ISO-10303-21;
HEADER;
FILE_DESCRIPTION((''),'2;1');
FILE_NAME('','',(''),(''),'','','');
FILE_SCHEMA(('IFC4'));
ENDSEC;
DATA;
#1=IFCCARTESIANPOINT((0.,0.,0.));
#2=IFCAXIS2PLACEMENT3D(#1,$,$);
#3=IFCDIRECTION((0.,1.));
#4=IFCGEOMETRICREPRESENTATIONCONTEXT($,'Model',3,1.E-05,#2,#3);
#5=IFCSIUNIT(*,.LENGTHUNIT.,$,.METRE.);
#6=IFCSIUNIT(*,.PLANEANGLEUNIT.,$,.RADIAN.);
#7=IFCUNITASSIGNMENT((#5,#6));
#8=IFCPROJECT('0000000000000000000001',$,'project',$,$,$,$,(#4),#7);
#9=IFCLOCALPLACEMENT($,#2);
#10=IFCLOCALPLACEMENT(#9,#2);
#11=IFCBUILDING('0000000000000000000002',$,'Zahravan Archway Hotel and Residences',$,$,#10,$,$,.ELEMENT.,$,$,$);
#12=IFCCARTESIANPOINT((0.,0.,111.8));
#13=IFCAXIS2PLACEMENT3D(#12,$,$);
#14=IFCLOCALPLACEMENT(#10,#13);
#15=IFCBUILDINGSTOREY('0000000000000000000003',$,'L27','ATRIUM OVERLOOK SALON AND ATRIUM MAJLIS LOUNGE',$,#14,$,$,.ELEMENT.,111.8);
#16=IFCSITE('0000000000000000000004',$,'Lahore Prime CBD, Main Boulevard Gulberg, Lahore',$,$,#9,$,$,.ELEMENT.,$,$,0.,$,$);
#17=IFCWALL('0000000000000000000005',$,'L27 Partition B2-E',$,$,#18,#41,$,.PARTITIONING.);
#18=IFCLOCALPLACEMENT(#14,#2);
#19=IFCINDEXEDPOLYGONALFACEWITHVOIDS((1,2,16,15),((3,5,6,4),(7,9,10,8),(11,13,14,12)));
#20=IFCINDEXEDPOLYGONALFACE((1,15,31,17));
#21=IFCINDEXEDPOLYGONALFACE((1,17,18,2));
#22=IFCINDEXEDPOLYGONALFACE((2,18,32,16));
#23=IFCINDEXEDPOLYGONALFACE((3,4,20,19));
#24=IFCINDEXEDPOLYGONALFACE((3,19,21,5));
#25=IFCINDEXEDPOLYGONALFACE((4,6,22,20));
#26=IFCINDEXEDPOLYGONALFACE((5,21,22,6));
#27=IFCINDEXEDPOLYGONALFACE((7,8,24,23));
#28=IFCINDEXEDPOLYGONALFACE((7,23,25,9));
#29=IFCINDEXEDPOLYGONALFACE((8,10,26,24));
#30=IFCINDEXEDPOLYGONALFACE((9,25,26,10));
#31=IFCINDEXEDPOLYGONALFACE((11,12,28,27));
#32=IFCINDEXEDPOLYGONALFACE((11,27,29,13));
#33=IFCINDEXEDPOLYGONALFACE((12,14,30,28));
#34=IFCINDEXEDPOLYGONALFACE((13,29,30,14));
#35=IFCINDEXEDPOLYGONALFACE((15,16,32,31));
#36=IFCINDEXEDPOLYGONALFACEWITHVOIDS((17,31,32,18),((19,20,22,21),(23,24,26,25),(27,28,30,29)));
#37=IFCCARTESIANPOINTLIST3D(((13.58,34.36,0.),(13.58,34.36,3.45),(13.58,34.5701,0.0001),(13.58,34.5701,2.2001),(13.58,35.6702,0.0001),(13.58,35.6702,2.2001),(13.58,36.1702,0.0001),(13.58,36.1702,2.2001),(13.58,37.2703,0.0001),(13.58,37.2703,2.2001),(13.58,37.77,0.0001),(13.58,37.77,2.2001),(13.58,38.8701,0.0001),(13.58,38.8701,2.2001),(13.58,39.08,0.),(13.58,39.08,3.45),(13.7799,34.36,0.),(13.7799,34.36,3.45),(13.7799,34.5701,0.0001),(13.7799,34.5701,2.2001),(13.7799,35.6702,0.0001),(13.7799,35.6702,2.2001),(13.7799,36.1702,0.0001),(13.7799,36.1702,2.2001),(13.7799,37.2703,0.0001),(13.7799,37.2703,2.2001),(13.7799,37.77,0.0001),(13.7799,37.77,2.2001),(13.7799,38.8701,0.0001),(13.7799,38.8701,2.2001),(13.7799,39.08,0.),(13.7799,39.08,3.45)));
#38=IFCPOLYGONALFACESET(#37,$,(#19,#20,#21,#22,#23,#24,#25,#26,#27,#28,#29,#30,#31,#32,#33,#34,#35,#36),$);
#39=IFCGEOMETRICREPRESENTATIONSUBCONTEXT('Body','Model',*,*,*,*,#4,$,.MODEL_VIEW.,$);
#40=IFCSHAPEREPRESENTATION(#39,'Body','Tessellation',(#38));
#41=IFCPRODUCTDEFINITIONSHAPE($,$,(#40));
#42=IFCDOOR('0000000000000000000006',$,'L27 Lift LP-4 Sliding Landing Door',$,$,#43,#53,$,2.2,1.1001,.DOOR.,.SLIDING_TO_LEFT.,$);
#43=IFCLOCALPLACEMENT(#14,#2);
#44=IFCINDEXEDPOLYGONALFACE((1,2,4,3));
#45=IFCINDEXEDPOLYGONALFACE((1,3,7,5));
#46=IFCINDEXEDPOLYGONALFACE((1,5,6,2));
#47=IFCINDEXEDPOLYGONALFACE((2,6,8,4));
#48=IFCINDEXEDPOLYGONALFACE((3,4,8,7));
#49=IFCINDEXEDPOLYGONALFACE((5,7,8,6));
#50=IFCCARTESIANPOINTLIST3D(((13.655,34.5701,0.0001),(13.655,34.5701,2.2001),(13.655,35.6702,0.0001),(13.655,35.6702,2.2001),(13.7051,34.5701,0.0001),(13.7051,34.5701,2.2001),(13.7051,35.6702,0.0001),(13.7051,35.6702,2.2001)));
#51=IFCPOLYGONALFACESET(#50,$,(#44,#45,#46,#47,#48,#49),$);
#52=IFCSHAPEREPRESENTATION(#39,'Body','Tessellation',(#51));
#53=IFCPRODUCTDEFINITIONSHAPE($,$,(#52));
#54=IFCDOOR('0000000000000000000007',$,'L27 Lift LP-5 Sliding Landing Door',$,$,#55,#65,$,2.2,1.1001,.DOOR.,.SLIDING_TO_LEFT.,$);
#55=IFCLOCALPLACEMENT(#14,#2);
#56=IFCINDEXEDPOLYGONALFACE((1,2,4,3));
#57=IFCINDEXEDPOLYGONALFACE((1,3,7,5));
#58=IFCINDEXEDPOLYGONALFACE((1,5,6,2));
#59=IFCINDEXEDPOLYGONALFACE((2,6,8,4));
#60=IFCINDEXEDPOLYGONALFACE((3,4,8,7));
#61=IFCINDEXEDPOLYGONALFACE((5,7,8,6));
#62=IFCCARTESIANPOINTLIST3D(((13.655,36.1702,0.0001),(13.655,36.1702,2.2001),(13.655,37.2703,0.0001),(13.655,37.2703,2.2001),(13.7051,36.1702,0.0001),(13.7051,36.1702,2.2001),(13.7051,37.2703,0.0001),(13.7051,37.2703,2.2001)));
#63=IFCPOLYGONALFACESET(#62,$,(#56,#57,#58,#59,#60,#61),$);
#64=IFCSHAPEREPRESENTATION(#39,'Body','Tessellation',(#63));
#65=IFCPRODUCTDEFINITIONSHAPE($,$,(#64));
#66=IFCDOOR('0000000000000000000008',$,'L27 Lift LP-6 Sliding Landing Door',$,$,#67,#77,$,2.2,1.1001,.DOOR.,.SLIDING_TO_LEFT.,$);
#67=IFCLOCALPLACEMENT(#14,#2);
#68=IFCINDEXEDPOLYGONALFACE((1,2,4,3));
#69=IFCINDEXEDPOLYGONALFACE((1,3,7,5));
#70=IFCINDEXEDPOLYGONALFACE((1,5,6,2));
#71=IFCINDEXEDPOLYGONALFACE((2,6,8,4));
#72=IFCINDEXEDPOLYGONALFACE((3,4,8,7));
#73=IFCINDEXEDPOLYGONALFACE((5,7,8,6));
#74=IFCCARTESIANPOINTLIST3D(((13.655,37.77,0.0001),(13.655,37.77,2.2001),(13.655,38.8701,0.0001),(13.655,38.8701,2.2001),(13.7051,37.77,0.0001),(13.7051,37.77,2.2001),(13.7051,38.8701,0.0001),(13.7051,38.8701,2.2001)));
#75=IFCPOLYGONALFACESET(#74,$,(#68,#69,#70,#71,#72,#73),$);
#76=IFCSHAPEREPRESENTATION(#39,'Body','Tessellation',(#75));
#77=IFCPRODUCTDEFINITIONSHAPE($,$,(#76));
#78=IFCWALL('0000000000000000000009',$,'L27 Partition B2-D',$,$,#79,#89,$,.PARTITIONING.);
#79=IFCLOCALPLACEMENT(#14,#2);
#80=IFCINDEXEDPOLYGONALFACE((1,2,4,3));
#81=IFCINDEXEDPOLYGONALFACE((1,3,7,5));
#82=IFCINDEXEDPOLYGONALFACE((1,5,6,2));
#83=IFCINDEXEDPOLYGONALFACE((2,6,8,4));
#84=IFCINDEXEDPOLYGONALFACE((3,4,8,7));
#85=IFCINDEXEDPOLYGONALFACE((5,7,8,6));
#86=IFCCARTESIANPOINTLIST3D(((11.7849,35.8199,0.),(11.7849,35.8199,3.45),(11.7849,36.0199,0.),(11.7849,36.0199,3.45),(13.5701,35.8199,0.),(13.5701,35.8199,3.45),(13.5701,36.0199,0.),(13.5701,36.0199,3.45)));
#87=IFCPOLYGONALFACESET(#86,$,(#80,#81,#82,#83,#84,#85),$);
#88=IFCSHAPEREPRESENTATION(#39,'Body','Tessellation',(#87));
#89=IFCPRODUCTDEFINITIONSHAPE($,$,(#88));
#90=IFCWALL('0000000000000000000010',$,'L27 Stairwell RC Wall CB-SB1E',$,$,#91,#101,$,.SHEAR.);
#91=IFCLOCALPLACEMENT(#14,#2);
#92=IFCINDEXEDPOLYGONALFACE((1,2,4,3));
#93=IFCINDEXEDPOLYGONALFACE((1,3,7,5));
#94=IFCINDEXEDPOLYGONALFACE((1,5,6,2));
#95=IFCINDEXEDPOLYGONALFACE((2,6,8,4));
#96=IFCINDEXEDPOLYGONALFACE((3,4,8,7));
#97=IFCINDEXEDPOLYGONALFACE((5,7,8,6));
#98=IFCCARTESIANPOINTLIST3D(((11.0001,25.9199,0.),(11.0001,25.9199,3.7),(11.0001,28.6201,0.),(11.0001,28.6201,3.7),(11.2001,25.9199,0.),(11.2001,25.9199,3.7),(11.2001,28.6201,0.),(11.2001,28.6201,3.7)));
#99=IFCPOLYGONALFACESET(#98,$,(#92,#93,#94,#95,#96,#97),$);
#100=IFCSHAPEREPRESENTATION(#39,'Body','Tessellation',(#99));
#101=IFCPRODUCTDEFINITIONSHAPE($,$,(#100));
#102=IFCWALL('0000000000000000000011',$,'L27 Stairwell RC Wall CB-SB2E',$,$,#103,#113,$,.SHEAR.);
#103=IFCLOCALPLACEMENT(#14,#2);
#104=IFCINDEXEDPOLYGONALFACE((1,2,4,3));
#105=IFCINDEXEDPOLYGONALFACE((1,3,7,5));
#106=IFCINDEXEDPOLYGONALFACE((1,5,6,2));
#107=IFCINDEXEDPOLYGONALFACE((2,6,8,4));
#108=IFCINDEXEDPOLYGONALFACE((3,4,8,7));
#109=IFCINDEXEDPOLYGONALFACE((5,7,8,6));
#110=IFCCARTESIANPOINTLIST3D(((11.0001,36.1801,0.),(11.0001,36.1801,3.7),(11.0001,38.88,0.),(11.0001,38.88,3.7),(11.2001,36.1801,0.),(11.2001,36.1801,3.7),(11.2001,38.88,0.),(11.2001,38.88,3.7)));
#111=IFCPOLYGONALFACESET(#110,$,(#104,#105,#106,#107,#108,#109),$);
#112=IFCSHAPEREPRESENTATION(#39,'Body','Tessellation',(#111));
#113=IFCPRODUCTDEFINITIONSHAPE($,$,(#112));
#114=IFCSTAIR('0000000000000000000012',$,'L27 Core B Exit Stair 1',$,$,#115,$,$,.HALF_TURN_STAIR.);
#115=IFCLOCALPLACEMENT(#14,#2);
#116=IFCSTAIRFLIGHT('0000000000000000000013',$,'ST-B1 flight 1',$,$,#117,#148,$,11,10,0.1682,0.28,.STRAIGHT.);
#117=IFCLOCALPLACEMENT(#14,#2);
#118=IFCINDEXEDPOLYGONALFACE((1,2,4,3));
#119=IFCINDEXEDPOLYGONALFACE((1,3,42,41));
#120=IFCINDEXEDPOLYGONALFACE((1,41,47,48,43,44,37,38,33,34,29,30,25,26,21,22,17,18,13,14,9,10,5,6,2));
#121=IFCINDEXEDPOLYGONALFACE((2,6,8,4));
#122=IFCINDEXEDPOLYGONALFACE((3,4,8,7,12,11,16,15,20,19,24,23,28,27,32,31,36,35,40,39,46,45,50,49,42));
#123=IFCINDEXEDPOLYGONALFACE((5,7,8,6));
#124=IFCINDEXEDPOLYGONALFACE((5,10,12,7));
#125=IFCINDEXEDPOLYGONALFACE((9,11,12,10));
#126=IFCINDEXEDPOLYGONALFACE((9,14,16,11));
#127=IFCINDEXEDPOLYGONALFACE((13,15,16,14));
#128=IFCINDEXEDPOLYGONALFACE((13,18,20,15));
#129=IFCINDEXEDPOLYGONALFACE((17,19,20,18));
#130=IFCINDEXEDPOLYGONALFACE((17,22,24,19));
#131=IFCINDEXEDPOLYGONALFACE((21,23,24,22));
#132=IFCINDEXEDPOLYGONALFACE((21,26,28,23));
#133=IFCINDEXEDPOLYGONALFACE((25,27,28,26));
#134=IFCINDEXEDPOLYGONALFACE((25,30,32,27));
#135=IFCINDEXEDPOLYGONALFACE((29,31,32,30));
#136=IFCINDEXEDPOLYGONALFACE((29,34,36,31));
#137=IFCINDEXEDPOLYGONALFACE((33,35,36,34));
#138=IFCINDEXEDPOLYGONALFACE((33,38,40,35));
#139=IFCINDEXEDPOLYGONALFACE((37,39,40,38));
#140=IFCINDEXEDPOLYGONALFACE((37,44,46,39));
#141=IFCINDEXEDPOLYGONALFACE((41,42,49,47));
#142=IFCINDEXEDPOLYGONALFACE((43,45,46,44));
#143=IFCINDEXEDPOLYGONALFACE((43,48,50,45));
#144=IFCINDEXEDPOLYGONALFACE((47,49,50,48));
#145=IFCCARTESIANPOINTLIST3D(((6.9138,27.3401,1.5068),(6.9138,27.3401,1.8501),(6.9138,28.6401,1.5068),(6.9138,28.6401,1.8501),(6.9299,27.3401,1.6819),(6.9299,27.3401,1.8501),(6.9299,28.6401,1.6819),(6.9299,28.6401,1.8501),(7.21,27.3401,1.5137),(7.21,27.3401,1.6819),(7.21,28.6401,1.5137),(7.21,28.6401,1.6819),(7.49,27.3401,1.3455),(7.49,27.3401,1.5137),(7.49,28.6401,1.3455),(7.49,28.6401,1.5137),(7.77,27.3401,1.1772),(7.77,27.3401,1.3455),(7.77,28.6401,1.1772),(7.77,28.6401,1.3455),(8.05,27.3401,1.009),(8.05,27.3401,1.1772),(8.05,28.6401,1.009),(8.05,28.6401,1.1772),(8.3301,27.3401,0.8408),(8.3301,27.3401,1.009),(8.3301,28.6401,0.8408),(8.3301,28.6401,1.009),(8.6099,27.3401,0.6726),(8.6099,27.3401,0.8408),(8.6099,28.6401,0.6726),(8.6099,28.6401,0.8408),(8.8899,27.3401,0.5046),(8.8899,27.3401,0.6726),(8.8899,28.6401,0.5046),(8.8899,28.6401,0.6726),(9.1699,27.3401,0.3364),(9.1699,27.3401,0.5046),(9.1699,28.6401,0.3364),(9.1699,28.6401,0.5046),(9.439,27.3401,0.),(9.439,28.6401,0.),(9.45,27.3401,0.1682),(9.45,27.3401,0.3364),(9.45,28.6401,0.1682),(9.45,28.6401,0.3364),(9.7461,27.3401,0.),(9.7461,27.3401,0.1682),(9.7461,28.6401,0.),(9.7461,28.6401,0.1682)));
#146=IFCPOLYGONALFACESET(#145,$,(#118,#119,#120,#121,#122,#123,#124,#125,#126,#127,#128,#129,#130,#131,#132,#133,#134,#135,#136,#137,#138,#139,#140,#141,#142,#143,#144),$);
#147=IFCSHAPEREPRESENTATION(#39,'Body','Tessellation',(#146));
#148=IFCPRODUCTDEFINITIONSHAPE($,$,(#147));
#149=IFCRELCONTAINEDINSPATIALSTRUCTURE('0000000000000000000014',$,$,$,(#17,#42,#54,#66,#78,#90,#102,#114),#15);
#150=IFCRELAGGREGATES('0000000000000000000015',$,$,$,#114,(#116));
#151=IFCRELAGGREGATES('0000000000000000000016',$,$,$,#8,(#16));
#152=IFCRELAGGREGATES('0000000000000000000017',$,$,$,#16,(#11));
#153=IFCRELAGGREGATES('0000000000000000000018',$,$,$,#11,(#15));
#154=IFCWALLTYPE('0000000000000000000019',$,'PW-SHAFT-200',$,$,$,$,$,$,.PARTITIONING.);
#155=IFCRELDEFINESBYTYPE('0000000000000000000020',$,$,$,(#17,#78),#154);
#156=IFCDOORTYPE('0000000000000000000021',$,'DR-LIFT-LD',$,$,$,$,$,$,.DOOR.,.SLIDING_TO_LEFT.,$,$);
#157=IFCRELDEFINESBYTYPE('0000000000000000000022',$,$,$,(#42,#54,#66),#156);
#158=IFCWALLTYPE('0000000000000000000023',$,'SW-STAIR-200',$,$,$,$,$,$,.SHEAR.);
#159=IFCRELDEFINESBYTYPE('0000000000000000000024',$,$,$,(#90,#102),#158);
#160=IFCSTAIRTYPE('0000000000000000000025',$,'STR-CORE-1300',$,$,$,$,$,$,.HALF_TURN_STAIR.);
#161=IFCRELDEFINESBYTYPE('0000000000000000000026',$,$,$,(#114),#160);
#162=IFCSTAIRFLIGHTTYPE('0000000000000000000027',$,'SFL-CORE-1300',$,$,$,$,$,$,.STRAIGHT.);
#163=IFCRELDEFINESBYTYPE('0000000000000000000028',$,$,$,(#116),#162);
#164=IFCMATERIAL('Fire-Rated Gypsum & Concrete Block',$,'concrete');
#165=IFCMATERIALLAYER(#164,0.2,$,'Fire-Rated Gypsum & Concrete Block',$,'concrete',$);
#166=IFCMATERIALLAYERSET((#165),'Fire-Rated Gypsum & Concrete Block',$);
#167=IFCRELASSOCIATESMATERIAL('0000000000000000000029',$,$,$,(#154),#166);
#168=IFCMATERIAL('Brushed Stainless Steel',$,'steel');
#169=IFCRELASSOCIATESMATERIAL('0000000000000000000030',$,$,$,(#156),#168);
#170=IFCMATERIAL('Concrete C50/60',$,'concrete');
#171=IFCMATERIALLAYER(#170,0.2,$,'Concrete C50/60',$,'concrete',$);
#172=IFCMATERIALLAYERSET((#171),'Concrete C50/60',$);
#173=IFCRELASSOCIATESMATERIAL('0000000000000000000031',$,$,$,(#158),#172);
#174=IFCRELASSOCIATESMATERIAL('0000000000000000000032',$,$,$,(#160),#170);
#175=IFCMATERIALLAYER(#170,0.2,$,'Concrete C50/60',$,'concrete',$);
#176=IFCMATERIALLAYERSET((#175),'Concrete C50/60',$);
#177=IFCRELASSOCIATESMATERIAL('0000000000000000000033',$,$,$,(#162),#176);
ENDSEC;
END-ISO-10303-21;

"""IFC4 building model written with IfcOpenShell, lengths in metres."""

from ifc_helpers import new_model, si_unit, direction, frame, frame_2d, origin, place, context, subcontext, project, spatial, polyline, rectangle, outline, extrude, source, transform, mapped, material, layer, layer_set, type_object, type_shapes, element, fill, aggregate, save


model = new_model("IFC4")

# Units and contexts
model_context = context("Model", 3, precision=1e-05, world=origin(), true_north=direction((0.0, 1.0)))
body_context = subcontext(model_context, "Body", "Model", "MODEL_VIEW")
ifc_project = project(units=[si_unit("LENGTHUNIT", "METRE"), si_unit("PLANEANGLEUNIT", "RADIAN")], contexts=[model_context])

# Site, building, storey
site_placement = place(None, origin())
site = spatial("IfcSite", under=ifc_project, at=site_placement, Name="Lahore Prime CBD, Main Boulevard Gulberg, Lahore", CompositionType="ELEMENT", RefElevation=0.0)
building_placement = place(site_placement, origin())
building = spatial("IfcBuilding", under=site, at=building_placement, Name="Zahravan Archway Hotel and Residences", CompositionType="ELEMENT")
storey_placement = place(building_placement, frame((0.0, 0.0, 111.8)))
storey = spatial("IfcBuildingStorey", under=building, at=storey_placement, Name="L27", Description="ATRIUM OVERLOOK SALON AND ATRIUM MAJLIS LOUNGE", CompositionType="ELEMENT", Elevation=111.8)

# Shared definitions
ifc_material_1 = material(Name="Fire-Rated Gypsum & Concrete Block", Category="concrete")
ifc_layer_1 = layer(ifc_material_1, 0.2, Name="Fire-Rated Gypsum & Concrete Block", Category="concrete")
ifc_layer_set_1 = layer_set([ifc_layer_1], Name="Fire-Rated Gypsum & Concrete Block")
wall_type_1 = type_object("IfcWallType", Name="PW-SHAFT-200", PredefinedType="PARTITIONING", material=ifc_layer_set_1)

# Wall, openings, doors
wall_1_placement = place(storey_placement, frame((13.6799, 34.3601, 0.0), z_axis=(0.0, 0.0, 1.0), x_axis=(0.0, 1.0, 0.0)))
wall_1 = element("IfcWall", 1, at=wall_1_placement, inside=storey, type_object=wall_type_1, Name="L27 Partition B2-E", PredefinedType="PARTITIONING", context=body_context, shape_type="SweptSolid", body=[
    extrude(rectangle(XDim=4.72, YDim=0.2, at=frame_2d((2.3599, 0.0))), origin(), (0.0, 0.0, 1.0), 3.45),
])
opening_1_placement = place(wall_1_placement, frame((0.21, 0.0, 0.0)))
opening_1 = element("IfcOpeningElement", 2, at=opening_1_placement, cuts=wall_1, PredefinedType="OPENING", context=body_context, shape_type="SweptSolid", body=[
    extrude(rectangle(XDim=1.1001, YDim=2.2, at=frame_2d((0.55, 1.1001))), frame((0.0, 0.1099, 0.0), z_axis=(0.0, -1.0, 0.0), x_axis=(1.0, 0.0, 0.0)), (0.0, 0.0, 1.0), 0.22),
])
opening_2_placement = place(wall_1_placement, frame((1.8101, 0.0, 0.0)))
opening_2 = element("IfcOpeningElement", 3, at=opening_2_placement, cuts=wall_1, PredefinedType="OPENING", context=body_context, shape_type="SweptSolid", body=[
    extrude(rectangle(XDim=1.1001, YDim=2.2, at=frame_2d((0.55, 1.1001))), frame((0.0, 0.1099, 0.0), z_axis=(0.0, -1.0, 0.0), x_axis=(1.0, 0.0, 0.0)), (0.0, 0.0, 1.0), 0.22),
])
opening_3_placement = place(wall_1_placement, frame((3.4099, 0.0, 0.0)))
opening_3 = element("IfcOpeningElement", 4, at=opening_3_placement, cuts=wall_1, PredefinedType="OPENING", context=body_context, shape_type="SweptSolid", body=[
    extrude(rectangle(XDim=1.1001, YDim=2.2, at=frame_2d((0.55, 1.1001))), frame((0.0, 0.1099, 0.0), z_axis=(0.0, -1.0, 0.0), x_axis=(1.0, 0.0, 0.0)), (0.0, 0.0, 1.0), 0.22),
])
ifc_material_2 = material(Name="Brushed Stainless Steel", Category="steel")
door_type_1 = type_object("IfcDoorType", Name="DR-LIFT-LD", OperationType="SLIDING_TO_LEFT", PredefinedType="DOOR", material=ifc_material_2)
shared_shape_1 = source(origin(), body_context, "Body", "SweptSolid", [
    extrude(rectangle(XDim=1.1001, YDim=2.2, at=frame_2d((0.55, 1.1001))), frame((0.0, 0.0249, 0.0), z_axis=(0.0, -1.0, 0.0), x_axis=(1.0, 0.0, 0.0)), (0.0, 0.0, 1.0), 0.05),
])
type_shapes(door_type_1, [shared_shape_1])
door_1_placement = place(opening_1_placement, origin())
door_1 = element("IfcDoor", 5, at=door_1_placement, inside=storey, type_object=door_type_1, Name="L27 Lift LP-4 Sliding Landing Door", OperationType="SLIDING_TO_LEFT", OverallHeight=2.2, OverallWidth=1.1001, PredefinedType="DOOR", context=body_context, shape_type="MappedRepresentation", body=[
    mapped(shared_shape_1, transform((0.0, 0.0, 0.0), scale=1.0)),
])
fill(opening_1, door_1)
door_2_placement = place(opening_2_placement, origin())
door_2 = element("IfcDoor", 6, at=door_2_placement, inside=storey, type_object=door_type_1, Name="L27 Lift LP-5 Sliding Landing Door", OperationType="SLIDING_TO_LEFT", OverallHeight=2.2, OverallWidth=1.1001, PredefinedType="DOOR", context=body_context, shape_type="MappedRepresentation", body=[
    mapped(shared_shape_1, transform((0.0, 0.0, 0.0), scale=1.0)),
])
fill(opening_2, door_2)
door_3_placement = place(opening_3_placement, origin())
door_3 = element("IfcDoor", 7, at=door_3_placement, inside=storey, type_object=door_type_1, Name="L27 Lift LP-6 Sliding Landing Door", OperationType="SLIDING_TO_LEFT", OverallHeight=2.2, OverallWidth=1.1001, PredefinedType="DOOR", context=body_context, shape_type="MappedRepresentation", body=[
    mapped(shared_shape_1, transform((0.0, 0.0, 0.0), scale=1.0)),
])
fill(opening_3, door_3)

# Wall
wall_2_placement = place(storey_placement, frame((11.7849, 35.9199, 0.0), z_axis=(0.0, 0.0, 1.0), x_axis=(1.0, 0.0, 0.0)))
element("IfcWall", 8, at=wall_2_placement, inside=storey, type_object=wall_type_1, Name="L27 Partition B2-D", PredefinedType="PARTITIONING", context=body_context, shape_type="SweptSolid", body=[
    extrude(rectangle(XDim=1.7852, YDim=0.2, at=frame_2d((0.8926, 0.0))), origin(), (0.0, 0.0, 1.0), 3.45),
])

# Walls
ifc_material_3 = material(Name="Concrete C50/60", Category="concrete")
ifc_layer_2 = layer(ifc_material_3, 0.2, Name="Concrete C50/60", Category="concrete")
ifc_layer_set_2 = layer_set([ifc_layer_2], Name="Concrete C50/60")
wall_type_2 = type_object("IfcWallType", Name="SW-STAIR-200", PredefinedType="SHEAR", material=ifc_layer_set_2)
wall_3_placement = place(storey_placement, frame((11.1001, 25.9199, 0.0), z_axis=(0.0, 0.0, 1.0), x_axis=(0.0, 1.0, 0.0)))
element("IfcWall", 9, at=wall_3_placement, inside=storey, type_object=wall_type_2, Name="L27 Stairwell RC Wall CB-SB1E", PredefinedType="SHEAR", context=body_context, shape_type="SweptSolid", body=[
    extrude(rectangle(XDim=2.7002, YDim=0.2, at=frame_2d((1.3501, 0.0))), origin(), (0.0, 0.0, 1.0), 3.7),
])
wall_4_placement = place(storey_placement, frame((11.1001, 36.1799, 0.0), z_axis=(0.0, 0.0, 1.0), x_axis=(0.0, 1.0, 0.0)))
element("IfcWall", 10, at=wall_4_placement, inside=storey, type_object=wall_type_2, Name="L27 Stairwell RC Wall CB-SB2E", PredefinedType="SHEAR", context=body_context, shape_type="SweptSolid", body=[
    extrude(rectangle(XDim=2.7, YDim=0.2, at=frame_2d((1.3501, 0.0))), origin(), (0.0, 0.0, 1.0), 3.7),
])

# Stair, stair flight
stair_type = type_object("IfcStairType", Name="STR-CORE-1300", PredefinedType="HALF_TURN_STAIR", material=ifc_material_3)
stair_1_placement = place(storey_placement, origin())
stair_1 = element("IfcStair", 11, at=stair_1_placement, inside=storey, type_object=stair_type, Name="L27 Core B Exit Stair 1", PredefinedType="HALF_TURN_STAIR")
ifc_layer_3 = layer(ifc_material_3, 0.2, Name="Concrete C50/60", Category="concrete")
ifc_layer_set_3 = layer_set([ifc_layer_3], Name="Concrete C50/60")
stair_flight_type = type_object("IfcStairFlightType", Name="SFL-CORE-1300", PredefinedType="STRAIGHT", material=ifc_layer_set_3)
shared_shape_2 = source(origin(), body_context, "Body", "SweptSolid", [
    extrude(outline(polyline([(-0.0161, 0.0), (-0.0161, 0.1682), (0.28, 0.1682), (0.28, 0.3364), (0.5601, 0.3364), (0.5601, 0.5046), (0.8401, 0.5046), (0.8401, 0.6726), (1.1201, 0.6726), (1.1201, 0.8408), (1.3999, 0.8408), (1.3999, 1.009), (1.6799, 1.009), (1.6799, 1.1772), (1.96, 1.1772), (1.96, 1.3455), (2.24, 1.3455), (2.24, 1.5137), (2.52, 1.5137), (2.52, 1.6819), (2.8, 1.6819), (2.8, 1.8501), (2.8162, 1.8501), (2.8162, 1.5068), (0.291, 0.0), (-0.0161, 0.0)])), frame((0.0, 0.6499, 0.0), z_axis=(0.0, -1.0, 0.0), x_axis=(1.0, 0.0, 0.0)), (0.0, 0.0, 1.0), 1.3),
])
stair_flight_1_placement = place(storey_placement, frame((9.73, 27.99, 0.0), z_axis=(0.0, 0.0, 1.0), x_axis=(-1.0, 0.0, 0.0)))
stair_flight_1 = element("IfcStairFlight", 12, at=stair_flight_1_placement, type_object=stair_flight_type, Name="ST-B1 flight 1", NumberOfRisers=11, NumberOfTreads=10, PredefinedType="STRAIGHT", RiserHeight=0.1682, TreadLength=0.28, context=body_context, shape_type="MappedRepresentation", body=[
    mapped(shared_shape_2, transform((0.0, 0.0, 0.0), scale=1.0)),
])
aggregate(stair_1, [stair_flight_1])

save(model, "model.ifc")
